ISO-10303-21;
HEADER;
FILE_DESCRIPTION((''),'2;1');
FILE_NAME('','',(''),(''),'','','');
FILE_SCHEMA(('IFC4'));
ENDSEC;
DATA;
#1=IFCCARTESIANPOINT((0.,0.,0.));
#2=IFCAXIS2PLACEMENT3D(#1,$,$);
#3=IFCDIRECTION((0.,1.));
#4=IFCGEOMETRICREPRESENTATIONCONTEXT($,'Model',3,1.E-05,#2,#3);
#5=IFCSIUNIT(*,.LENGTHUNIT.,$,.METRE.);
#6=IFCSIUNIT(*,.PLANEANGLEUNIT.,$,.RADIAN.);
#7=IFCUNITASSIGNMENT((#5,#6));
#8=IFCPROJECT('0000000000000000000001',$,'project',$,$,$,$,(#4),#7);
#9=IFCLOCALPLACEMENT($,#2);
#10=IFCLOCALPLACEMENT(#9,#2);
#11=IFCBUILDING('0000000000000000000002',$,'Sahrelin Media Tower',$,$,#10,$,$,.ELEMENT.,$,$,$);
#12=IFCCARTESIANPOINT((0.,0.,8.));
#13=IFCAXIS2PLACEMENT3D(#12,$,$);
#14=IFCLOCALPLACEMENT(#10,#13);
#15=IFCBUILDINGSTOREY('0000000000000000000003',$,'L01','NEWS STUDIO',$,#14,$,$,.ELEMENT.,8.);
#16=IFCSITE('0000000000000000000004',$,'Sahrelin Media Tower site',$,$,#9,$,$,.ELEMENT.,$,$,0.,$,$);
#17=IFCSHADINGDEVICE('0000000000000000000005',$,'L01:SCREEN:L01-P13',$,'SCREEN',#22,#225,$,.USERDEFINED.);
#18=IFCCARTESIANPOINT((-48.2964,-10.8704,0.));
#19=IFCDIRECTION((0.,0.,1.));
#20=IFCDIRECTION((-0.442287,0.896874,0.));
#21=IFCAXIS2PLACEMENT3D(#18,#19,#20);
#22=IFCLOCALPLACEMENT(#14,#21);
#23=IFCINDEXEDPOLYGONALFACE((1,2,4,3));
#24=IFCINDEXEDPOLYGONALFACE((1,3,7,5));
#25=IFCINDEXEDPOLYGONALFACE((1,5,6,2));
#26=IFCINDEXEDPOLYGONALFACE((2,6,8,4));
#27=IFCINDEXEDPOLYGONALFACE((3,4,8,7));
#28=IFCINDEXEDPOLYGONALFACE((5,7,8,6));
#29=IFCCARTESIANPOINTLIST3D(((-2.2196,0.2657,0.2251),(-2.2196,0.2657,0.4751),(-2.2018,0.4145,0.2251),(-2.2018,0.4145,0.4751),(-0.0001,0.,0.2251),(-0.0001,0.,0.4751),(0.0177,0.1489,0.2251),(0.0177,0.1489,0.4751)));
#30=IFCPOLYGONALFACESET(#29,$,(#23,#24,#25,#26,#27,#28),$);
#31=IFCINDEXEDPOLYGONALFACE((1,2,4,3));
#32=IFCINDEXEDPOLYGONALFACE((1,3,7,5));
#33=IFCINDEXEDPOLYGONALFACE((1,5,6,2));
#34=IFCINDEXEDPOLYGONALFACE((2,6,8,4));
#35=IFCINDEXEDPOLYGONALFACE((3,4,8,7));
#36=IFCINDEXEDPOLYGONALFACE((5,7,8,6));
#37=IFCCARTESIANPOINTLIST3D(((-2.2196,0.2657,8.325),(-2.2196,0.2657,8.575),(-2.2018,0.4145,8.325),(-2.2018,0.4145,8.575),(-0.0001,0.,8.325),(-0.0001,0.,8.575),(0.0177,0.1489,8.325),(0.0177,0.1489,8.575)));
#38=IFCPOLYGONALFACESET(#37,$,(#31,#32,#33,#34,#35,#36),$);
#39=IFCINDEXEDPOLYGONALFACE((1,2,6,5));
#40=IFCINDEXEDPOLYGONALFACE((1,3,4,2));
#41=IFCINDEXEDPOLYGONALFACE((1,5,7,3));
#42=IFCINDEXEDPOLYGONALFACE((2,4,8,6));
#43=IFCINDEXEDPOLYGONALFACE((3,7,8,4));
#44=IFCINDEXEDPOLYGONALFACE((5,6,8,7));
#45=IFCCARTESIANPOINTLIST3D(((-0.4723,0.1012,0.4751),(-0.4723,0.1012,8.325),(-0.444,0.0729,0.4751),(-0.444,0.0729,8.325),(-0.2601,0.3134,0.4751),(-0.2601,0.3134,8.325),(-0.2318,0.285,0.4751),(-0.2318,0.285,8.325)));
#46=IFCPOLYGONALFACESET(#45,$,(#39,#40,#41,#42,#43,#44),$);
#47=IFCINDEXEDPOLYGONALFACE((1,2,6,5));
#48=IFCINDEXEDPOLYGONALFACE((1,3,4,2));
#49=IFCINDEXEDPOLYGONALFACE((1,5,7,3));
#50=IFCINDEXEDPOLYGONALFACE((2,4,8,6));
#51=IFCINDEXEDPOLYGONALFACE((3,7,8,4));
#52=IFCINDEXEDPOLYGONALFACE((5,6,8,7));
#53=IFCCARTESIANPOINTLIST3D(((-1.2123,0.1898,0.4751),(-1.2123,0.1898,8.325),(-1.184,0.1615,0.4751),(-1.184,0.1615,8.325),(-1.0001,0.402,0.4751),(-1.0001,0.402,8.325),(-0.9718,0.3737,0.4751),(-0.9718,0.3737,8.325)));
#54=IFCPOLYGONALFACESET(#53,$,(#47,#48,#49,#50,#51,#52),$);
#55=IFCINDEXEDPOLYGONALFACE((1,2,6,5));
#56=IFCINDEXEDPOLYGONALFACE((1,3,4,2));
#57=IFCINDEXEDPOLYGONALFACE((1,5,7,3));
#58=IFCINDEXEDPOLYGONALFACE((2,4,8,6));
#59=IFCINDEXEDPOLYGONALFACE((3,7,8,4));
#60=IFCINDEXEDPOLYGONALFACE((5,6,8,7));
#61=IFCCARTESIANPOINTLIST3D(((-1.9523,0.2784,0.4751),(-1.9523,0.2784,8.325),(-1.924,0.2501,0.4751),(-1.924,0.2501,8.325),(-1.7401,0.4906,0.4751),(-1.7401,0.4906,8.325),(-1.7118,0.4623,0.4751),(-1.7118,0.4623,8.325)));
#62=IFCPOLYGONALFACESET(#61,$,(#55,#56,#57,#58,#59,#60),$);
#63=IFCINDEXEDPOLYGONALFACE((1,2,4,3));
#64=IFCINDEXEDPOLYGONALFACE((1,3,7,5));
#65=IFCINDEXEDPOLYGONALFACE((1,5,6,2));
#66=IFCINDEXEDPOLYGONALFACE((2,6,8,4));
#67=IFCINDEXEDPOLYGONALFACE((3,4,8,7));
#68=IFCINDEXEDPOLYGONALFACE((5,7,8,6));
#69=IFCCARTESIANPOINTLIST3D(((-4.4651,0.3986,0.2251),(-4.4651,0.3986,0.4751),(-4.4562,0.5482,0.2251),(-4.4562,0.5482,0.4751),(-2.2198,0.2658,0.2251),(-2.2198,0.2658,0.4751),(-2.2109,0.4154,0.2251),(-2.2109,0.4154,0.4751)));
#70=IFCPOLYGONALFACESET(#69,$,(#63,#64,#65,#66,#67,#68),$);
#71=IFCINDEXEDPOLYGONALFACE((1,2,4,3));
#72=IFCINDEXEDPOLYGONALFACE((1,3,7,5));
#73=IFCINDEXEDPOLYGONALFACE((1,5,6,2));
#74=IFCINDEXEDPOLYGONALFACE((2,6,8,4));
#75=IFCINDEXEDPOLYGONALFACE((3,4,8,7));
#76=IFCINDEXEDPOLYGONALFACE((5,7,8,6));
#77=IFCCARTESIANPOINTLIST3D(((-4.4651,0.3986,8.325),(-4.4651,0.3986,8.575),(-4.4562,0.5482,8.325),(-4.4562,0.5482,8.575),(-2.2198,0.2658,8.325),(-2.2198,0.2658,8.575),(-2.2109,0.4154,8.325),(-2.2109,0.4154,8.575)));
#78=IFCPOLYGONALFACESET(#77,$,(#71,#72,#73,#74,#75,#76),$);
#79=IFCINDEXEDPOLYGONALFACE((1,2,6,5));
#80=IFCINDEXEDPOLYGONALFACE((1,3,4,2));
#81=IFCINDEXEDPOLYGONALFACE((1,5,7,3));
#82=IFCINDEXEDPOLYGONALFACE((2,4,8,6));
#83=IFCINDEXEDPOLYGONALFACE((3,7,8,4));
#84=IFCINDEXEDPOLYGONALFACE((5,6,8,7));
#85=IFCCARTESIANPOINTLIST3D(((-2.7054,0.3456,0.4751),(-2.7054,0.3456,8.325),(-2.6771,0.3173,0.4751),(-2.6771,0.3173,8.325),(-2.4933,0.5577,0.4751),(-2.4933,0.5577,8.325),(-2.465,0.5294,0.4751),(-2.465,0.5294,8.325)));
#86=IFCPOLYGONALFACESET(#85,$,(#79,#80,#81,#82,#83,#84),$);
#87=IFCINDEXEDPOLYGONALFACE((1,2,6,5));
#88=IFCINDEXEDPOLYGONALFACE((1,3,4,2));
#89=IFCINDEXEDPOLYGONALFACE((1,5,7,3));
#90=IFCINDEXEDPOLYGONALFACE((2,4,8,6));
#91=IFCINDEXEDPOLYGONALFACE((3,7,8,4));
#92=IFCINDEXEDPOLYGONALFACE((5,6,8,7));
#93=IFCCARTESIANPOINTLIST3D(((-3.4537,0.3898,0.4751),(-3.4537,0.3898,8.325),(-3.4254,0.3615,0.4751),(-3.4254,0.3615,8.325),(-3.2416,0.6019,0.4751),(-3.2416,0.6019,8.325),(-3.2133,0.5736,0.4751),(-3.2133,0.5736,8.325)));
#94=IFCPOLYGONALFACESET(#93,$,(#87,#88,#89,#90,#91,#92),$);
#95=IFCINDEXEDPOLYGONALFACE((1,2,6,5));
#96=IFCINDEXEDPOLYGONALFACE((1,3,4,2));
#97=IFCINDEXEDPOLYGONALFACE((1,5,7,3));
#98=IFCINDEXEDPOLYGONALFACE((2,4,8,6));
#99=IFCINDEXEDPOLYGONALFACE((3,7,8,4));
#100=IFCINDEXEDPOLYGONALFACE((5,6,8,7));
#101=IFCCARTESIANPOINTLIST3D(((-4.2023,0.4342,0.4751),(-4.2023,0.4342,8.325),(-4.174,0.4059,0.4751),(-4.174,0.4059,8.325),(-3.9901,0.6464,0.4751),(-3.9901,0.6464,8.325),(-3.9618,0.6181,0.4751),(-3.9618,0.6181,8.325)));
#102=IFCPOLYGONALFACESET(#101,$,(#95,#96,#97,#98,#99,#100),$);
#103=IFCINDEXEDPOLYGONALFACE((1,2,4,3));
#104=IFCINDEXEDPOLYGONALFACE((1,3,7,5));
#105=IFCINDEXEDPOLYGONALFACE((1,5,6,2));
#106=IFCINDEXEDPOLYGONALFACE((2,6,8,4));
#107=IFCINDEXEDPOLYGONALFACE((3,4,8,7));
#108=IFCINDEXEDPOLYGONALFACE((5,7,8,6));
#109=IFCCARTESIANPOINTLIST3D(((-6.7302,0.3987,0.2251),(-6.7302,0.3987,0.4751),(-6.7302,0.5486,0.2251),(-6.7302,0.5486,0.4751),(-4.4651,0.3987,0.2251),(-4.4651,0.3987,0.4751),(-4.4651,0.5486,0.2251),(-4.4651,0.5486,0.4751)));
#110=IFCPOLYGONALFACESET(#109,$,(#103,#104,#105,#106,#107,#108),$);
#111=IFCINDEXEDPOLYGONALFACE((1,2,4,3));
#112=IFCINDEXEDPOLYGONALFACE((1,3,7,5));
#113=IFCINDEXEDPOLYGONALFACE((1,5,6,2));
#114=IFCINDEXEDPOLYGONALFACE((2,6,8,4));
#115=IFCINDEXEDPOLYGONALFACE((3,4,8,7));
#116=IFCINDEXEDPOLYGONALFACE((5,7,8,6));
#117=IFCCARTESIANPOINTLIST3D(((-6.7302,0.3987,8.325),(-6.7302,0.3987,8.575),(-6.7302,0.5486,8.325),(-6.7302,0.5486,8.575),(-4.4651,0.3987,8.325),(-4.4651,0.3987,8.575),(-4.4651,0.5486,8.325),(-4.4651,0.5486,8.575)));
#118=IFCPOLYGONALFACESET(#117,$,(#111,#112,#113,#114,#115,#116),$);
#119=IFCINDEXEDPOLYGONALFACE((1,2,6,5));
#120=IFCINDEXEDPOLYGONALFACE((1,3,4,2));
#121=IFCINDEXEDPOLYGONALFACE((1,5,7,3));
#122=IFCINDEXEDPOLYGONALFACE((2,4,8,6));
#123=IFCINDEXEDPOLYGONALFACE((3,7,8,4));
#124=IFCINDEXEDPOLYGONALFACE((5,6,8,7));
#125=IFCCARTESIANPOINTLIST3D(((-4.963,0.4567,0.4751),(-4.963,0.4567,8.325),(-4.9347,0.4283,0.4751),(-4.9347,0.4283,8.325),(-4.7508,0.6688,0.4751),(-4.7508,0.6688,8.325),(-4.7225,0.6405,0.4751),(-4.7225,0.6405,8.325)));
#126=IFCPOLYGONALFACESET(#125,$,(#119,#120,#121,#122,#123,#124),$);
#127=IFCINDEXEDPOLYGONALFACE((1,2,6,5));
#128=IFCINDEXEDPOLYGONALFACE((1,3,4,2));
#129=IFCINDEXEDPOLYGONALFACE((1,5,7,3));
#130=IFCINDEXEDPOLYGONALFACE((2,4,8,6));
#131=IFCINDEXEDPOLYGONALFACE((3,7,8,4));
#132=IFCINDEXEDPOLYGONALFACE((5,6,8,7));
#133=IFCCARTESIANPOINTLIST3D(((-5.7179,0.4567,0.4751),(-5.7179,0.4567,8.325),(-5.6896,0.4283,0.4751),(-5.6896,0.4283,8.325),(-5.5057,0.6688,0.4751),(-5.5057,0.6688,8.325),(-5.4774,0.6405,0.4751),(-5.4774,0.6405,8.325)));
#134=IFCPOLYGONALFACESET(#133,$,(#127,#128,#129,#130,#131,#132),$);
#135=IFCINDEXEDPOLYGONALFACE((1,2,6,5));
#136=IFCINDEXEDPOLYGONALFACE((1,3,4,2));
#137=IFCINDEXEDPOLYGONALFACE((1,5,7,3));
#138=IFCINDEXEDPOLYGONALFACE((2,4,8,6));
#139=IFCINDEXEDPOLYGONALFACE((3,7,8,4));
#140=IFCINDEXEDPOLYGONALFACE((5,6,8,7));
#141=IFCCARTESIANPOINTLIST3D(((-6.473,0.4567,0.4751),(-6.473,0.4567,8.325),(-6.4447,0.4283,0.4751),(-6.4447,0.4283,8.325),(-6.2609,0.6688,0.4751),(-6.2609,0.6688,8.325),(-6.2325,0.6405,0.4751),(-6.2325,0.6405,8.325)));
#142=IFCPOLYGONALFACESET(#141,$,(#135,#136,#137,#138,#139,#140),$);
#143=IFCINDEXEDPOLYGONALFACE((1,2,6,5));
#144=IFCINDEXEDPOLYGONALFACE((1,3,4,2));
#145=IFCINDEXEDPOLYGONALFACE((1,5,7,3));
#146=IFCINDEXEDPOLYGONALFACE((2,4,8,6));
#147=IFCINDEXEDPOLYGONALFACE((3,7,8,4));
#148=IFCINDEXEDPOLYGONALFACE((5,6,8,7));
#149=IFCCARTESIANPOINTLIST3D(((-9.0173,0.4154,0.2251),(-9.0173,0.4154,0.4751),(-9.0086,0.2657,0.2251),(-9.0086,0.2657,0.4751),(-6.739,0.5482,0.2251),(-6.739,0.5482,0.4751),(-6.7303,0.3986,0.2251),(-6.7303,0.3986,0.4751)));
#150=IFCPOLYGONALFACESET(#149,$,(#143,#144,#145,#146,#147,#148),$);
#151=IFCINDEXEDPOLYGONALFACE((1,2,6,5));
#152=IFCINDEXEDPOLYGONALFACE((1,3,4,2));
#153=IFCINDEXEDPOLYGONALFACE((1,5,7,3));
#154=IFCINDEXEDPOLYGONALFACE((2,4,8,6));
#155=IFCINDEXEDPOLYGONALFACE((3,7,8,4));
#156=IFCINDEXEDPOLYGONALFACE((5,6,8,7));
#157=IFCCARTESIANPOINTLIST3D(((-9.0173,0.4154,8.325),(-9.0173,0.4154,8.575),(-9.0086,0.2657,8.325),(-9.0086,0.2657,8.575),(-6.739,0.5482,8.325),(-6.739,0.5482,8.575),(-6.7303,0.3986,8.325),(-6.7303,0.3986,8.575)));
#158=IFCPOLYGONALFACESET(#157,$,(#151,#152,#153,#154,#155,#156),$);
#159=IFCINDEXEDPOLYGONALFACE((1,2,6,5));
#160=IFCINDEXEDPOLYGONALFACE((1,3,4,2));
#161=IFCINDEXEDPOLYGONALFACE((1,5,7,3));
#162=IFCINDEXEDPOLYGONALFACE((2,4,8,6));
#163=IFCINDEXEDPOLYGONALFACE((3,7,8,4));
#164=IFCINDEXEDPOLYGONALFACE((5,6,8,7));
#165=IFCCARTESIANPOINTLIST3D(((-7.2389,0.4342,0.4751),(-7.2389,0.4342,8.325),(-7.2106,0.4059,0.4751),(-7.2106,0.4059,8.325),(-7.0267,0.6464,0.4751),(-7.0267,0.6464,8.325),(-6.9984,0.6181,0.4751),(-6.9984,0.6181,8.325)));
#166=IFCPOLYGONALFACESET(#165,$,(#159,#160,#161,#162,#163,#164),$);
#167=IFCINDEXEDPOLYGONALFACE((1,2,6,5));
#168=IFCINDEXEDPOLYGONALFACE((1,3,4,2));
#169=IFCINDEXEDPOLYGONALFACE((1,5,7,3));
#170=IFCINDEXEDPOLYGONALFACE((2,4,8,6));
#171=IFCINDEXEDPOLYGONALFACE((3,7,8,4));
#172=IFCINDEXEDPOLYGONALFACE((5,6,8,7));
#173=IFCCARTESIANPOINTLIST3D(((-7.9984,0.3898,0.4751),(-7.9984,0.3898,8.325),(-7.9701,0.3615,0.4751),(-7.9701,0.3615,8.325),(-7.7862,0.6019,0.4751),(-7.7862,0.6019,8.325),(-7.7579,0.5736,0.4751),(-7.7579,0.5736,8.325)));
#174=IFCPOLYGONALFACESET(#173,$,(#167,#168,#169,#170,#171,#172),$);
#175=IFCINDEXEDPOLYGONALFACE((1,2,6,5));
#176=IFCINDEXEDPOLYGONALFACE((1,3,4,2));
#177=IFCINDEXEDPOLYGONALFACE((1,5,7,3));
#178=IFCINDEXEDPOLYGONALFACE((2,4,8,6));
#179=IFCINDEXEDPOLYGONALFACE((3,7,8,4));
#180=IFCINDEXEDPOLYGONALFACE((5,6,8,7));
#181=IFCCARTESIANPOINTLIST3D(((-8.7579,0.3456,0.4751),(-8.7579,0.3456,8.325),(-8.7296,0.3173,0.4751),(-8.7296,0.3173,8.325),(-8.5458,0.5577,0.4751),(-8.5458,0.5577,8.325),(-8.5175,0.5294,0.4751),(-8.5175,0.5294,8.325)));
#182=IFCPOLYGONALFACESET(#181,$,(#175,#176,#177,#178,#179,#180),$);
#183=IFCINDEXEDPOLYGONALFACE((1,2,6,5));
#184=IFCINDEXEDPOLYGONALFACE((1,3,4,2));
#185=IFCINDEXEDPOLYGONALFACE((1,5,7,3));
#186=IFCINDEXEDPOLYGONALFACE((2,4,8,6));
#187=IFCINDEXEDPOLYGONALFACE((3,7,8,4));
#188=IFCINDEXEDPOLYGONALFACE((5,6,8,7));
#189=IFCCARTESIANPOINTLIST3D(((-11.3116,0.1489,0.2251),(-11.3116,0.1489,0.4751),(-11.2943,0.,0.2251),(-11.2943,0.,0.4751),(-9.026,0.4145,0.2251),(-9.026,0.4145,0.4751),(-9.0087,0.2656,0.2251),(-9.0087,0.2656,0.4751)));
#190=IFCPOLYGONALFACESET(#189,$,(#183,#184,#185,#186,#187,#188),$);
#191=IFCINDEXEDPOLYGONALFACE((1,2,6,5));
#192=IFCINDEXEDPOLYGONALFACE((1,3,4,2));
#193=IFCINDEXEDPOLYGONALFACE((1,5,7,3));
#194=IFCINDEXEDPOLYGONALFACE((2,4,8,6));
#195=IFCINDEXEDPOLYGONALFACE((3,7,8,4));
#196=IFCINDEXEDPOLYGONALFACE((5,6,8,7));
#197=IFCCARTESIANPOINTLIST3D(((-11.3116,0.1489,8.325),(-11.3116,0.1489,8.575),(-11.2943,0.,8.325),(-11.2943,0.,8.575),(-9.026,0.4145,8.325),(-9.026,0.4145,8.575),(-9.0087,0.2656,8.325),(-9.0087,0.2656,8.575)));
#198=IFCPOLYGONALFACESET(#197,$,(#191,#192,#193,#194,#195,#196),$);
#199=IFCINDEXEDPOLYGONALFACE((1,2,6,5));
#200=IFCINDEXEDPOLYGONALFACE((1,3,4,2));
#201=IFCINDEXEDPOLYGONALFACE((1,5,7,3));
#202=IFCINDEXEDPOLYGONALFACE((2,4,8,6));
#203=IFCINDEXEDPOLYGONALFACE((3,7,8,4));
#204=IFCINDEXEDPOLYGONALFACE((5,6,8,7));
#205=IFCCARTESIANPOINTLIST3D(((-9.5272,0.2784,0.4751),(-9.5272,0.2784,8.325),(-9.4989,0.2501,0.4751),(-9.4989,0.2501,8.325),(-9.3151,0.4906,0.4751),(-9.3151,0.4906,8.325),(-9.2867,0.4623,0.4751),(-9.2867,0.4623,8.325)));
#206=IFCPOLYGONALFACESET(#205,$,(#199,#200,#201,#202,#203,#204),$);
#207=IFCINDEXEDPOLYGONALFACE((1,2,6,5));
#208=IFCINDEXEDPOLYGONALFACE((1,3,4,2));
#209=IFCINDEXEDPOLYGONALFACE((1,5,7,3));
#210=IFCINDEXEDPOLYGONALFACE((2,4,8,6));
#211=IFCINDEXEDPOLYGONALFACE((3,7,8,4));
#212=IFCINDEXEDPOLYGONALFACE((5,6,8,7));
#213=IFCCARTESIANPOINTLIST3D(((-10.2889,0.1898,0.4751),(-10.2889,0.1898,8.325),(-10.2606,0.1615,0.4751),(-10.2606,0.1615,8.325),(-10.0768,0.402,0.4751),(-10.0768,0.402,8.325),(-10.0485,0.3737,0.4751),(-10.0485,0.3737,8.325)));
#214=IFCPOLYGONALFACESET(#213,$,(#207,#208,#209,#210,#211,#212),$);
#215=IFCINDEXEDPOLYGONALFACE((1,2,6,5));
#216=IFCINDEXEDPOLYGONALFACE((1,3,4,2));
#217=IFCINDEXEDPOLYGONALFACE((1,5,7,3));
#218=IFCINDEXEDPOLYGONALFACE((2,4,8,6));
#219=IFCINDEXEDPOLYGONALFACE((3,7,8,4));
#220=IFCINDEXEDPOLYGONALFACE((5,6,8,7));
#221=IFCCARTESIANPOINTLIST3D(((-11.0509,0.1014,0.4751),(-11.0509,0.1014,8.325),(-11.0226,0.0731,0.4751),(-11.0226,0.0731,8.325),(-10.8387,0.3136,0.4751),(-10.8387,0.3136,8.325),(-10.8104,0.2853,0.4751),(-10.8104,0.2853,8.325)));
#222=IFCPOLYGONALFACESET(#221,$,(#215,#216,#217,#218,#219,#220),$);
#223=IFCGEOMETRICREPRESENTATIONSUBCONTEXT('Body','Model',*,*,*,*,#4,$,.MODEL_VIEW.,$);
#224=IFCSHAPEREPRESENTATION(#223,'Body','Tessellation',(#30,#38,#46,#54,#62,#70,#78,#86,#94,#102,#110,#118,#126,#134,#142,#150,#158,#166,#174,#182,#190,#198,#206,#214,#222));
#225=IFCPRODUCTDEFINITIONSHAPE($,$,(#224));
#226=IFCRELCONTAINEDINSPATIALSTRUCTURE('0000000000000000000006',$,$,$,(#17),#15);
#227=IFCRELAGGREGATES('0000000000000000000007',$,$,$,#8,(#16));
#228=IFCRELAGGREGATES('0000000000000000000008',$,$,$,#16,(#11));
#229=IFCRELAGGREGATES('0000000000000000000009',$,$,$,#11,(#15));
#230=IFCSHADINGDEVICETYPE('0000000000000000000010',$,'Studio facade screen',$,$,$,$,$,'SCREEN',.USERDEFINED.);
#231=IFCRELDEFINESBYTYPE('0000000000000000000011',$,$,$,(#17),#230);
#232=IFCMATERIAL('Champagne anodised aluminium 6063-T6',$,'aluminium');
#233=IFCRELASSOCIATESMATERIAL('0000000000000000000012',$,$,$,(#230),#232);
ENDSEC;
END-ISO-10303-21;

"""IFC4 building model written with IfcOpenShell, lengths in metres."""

from ifc_helpers import new_model, si_unit, direction, frame, origin, origin_2d, place, context, subcontext, project, spatial, rectangle, extrude, material, type_object, element, save


model = new_model("IFC4")

# Units and contexts
model_context = context("Model", 3, precision=1e-05, world=origin(), true_north=direction((0.0, 1.0)))
body_context = subcontext(model_context, "Body", "Model", "MODEL_VIEW")
ifc_project = project(units=[si_unit("LENGTHUNIT", "METRE"), si_unit("PLANEANGLEUNIT", "RADIAN")], contexts=[model_context])

# Site, building, storey
site_placement = place(None, origin())
site = spatial("IfcSite", under=ifc_project, at=site_placement, Name="Sahrelin Media Tower site", CompositionType="ELEMENT", RefElevation=0.0)
building_placement = place(site_placement, origin())
building = spatial("IfcBuilding", under=site, at=building_placement, Name="Sahrelin Media Tower", CompositionType="ELEMENT")
storey_placement = place(building_placement, frame((0.0, 0.0, 8.0)))
storey = spatial("IfcBuildingStorey", under=building, at=storey_placement, Name="L01", Description="NEWS STUDIO", CompositionType="ELEMENT", Elevation=8.0)

# Shading device
ifc_material_1 = material(Name="Champagne anodised aluminium 6063-T6", Category="aluminium")
shading_device_type = type_object("IfcShadingDeviceType", Name="Studio facade screen", ElementType="SCREEN", PredefinedType="USERDEFINED", material=ifc_material_1)
shading_device_1_placement = place(storey_placement, frame((-48.2964, -10.8704, 0.0), z_axis=(0.0, 0.0, 1.0), x_axis=(-0.442287, 0.896874, 0.0)))
element("IfcShadingDevice", 1, at=shading_device_1_placement, inside=storey, type_object=shading_device_type, Name="L01:SCREEN:L01-P13", ObjectType="SCREEN", PredefinedType="USERDEFINED", context=body_context, shape_type="SweptSolid", body=[
    extrude(rectangle(XDim=0.1499, YDim=0.25, at=origin_2d()), frame((0.0088, 0.0745, 0.3501), z_axis=(-0.992915, 0.118831, 0.0), x_axis=(-0.118831, -0.992915, 0.0)), (0.0, 0.0, 1.0), 2.2354),
    extrude(rectangle(XDim=0.1499, YDim=0.25, at=origin_2d()), frame((0.0088, 0.0745, 8.45), z_axis=(-0.992915, 0.118831, 0.0), x_axis=(-0.118831, -0.992915, 0.0)), (0.0, 0.0, 1.0), 2.2354),
    extrude(rectangle(XDim=0.3, YDim=0.04, at=origin_2d()), frame((-0.3521, 0.1931, 0.4751), z_axis=(0.0, 0.0, 1.0), x_axis=(0.707107, 0.707107, 0.0)), (0.0, 0.0, 1.0), 7.8499),
    extrude(rectangle(XDim=0.3, YDim=0.04, at=origin_2d()), frame((-1.092, 0.2817, 0.4751), z_axis=(0.0, 0.0, 1.0), x_axis=(0.707107, 0.707107, 0.0)), (0.0, 0.0, 1.0), 7.8499),
    extrude(rectangle(XDim=0.3, YDim=0.04, at=origin_2d()), frame((-1.832, 0.3704, 0.4751), z_axis=(0.0, 0.0, 1.0), x_axis=(0.707107, 0.707107, 0.0)), (0.0, 0.0, 1.0), 7.8499),
    extrude(rectangle(XDim=0.1499, YDim=0.25, at=origin_2d()), frame((-2.2153, 0.3406, 0.3501), z_axis=(-0.998255, 0.059047, 0.0), x_axis=(-0.059047, -0.998255, 0.0)), (0.0, 0.0, 1.0), 2.2493),
    extrude(rectangle(XDim=0.1499, YDim=0.25, at=origin_2d()), frame((-2.2153, 0.3406, 8.45), z_axis=(-0.998255, 0.059047, 0.0), x_axis=(-0.059047, -0.998255, 0.0)), (0.0, 0.0, 1.0), 2.2493),
    extrude(rectangle(XDim=0.3, YDim=0.04, at=origin_2d()), frame((-2.5852, 0.4375, 0.4751), z_axis=(0.0, 0.0, 1.0), x_axis=(0.707107, 0.707107, 0.0)), (0.0, 0.0, 1.0), 7.8499),
    extrude(rectangle(XDim=0.3, YDim=0.04, at=origin_2d()), frame((-3.3335, 0.4817, 0.4751), z_axis=(0.0, 0.0, 1.0), x_axis=(0.707107, 0.707107, 0.0)), (0.0, 0.0, 1.0), 7.8499),
    extrude(rectangle(XDim=0.3, YDim=0.04, at=origin_2d()), frame((-4.082, 0.5261, 0.4751), z_axis=(0.0, 0.0, 1.0), x_axis=(0.707107, 0.707107, 0.0)), (0.0, 0.0, 1.0), 7.8499),
    extrude(rectangle(XDim=0.1499, YDim=0.25, at=origin_2d()), frame((-4.4651, 0.4736, 0.3501), z_axis=(-1.0, 0.0, 0.0), x_axis=(0.0, -1.0, 0.0)), (0.0, 0.0, 1.0), 2.2651),
    extrude(rectangle(XDim=0.1499, YDim=0.25, at=origin_2d()), frame((-4.4651, 0.4736, 8.45), z_axis=(-1.0, 0.0, 0.0), x_axis=(0.0, -1.0, 0.0)), (0.0, 0.0, 1.0), 2.2651),
    extrude(rectangle(XDim=0.3, YDim=0.04, at=origin_2d()), frame((-4.8428, 0.5486, 0.4751), z_axis=(0.0, 0.0, 1.0), x_axis=(0.707107, 0.707107, 0.0)), (0.0, 0.0, 1.0), 7.8499),
    extrude(rectangle(XDim=0.3, YDim=0.04, at=origin_2d()), frame((-5.5977, 0.5486, 0.4751), z_axis=(0.0, 0.0, 1.0), x_axis=(0.707107, 0.707107, 0.0)), (0.0, 0.0, 1.0), 7.8499),
    extrude(rectangle(XDim=0.3, YDim=0.04, at=origin_2d()), frame((-6.3528, 0.5486, 0.4751), z_axis=(0.0, 0.0, 1.0), x_axis=(0.707107, 0.707107, 0.0)), (0.0, 0.0, 1.0), 7.8499),
    extrude(rectangle(XDim=0.1499, YDim=0.25, at=origin_2d()), frame((-6.7346, 0.4734, 0.3501), z_axis=(-0.998305, -0.058195, 0.0), x_axis=(0.058195, -0.998305, 0.0)), (0.0, 0.0, 1.0), 2.2822),
    extrude(rectangle(XDim=0.1499, YDim=0.25, at=origin_2d()), frame((-6.7346, 0.4734, 8.45), z_axis=(-0.998305, -0.058195, 0.0), x_axis=(0.058195, -0.998305, 0.0)), (0.0, 0.0, 1.0), 2.2822),
    extrude(rectangle(XDim=0.3, YDim=0.04, at=origin_2d()), frame((-7.1187, 0.5261, 0.4751), z_axis=(0.0, 0.0, 1.0), x_axis=(0.707107, 0.707107, 0.0)), (0.0, 0.0, 1.0), 7.8499),
    extrude(rectangle(XDim=0.3, YDim=0.04, at=origin_2d()), frame((-7.8782, 0.4817, 0.4751), z_axis=(0.0, 0.0, 1.0), x_axis=(0.707107, 0.707107, 0.0)), (0.0, 0.0, 1.0), 7.8499),
    extrude(rectangle(XDim=0.3, YDim=0.04, at=origin_2d()), frame((-8.6377, 0.4375, 0.4751), z_axis=(0.0, 0.0, 1.0), x_axis=(0.707107, 0.707107, 0.0)), (0.0, 0.0, 1.0), 7.8499),
    extrude(rectangle(XDim=0.1499, YDim=0.25, at=origin_2d()), frame((-9.0173, 0.3401, 0.3501), z_axis=(-0.993315, -0.115438, 0.0), x_axis=(0.115438, -0.993315, 0.0)), (0.0, 0.0, 1.0), 2.301),
    extrude(rectangle(XDim=0.1499, YDim=0.25, at=origin_2d()), frame((-9.0173, 0.3401, 8.45), z_axis=(-0.993315, -0.115438, 0.0), x_axis=(0.115438, -0.993315, 0.0)), (0.0, 0.0, 1.0), 2.301),
    extrude(rectangle(XDim=0.3, YDim=0.04, at=origin_2d()), frame((-9.407, 0.3704, 0.4751), z_axis=(0.0, 0.0, 1.0), x_axis=(0.707107, 0.707107, 0.0)), (0.0, 0.0, 1.0), 7.8499),
    extrude(rectangle(XDim=0.3, YDim=0.04, at=origin_2d()), frame((-10.1687, 0.2817, 0.4751), z_axis=(0.0, 0.0, 1.0), x_axis=(0.707107, 0.707107, 0.0)), (0.0, 0.0, 1.0), 7.8499),
    extrude(rectangle(XDim=0.3, YDim=0.04, at=origin_2d()), frame((-10.9307, 0.1934, 0.4751), z_axis=(0.0, 0.0, 1.0), x_axis=(0.707107, 0.707107, 0.0)), (0.0, 0.0, 1.0), 7.8499),
])

save(model, "model.ifc")
